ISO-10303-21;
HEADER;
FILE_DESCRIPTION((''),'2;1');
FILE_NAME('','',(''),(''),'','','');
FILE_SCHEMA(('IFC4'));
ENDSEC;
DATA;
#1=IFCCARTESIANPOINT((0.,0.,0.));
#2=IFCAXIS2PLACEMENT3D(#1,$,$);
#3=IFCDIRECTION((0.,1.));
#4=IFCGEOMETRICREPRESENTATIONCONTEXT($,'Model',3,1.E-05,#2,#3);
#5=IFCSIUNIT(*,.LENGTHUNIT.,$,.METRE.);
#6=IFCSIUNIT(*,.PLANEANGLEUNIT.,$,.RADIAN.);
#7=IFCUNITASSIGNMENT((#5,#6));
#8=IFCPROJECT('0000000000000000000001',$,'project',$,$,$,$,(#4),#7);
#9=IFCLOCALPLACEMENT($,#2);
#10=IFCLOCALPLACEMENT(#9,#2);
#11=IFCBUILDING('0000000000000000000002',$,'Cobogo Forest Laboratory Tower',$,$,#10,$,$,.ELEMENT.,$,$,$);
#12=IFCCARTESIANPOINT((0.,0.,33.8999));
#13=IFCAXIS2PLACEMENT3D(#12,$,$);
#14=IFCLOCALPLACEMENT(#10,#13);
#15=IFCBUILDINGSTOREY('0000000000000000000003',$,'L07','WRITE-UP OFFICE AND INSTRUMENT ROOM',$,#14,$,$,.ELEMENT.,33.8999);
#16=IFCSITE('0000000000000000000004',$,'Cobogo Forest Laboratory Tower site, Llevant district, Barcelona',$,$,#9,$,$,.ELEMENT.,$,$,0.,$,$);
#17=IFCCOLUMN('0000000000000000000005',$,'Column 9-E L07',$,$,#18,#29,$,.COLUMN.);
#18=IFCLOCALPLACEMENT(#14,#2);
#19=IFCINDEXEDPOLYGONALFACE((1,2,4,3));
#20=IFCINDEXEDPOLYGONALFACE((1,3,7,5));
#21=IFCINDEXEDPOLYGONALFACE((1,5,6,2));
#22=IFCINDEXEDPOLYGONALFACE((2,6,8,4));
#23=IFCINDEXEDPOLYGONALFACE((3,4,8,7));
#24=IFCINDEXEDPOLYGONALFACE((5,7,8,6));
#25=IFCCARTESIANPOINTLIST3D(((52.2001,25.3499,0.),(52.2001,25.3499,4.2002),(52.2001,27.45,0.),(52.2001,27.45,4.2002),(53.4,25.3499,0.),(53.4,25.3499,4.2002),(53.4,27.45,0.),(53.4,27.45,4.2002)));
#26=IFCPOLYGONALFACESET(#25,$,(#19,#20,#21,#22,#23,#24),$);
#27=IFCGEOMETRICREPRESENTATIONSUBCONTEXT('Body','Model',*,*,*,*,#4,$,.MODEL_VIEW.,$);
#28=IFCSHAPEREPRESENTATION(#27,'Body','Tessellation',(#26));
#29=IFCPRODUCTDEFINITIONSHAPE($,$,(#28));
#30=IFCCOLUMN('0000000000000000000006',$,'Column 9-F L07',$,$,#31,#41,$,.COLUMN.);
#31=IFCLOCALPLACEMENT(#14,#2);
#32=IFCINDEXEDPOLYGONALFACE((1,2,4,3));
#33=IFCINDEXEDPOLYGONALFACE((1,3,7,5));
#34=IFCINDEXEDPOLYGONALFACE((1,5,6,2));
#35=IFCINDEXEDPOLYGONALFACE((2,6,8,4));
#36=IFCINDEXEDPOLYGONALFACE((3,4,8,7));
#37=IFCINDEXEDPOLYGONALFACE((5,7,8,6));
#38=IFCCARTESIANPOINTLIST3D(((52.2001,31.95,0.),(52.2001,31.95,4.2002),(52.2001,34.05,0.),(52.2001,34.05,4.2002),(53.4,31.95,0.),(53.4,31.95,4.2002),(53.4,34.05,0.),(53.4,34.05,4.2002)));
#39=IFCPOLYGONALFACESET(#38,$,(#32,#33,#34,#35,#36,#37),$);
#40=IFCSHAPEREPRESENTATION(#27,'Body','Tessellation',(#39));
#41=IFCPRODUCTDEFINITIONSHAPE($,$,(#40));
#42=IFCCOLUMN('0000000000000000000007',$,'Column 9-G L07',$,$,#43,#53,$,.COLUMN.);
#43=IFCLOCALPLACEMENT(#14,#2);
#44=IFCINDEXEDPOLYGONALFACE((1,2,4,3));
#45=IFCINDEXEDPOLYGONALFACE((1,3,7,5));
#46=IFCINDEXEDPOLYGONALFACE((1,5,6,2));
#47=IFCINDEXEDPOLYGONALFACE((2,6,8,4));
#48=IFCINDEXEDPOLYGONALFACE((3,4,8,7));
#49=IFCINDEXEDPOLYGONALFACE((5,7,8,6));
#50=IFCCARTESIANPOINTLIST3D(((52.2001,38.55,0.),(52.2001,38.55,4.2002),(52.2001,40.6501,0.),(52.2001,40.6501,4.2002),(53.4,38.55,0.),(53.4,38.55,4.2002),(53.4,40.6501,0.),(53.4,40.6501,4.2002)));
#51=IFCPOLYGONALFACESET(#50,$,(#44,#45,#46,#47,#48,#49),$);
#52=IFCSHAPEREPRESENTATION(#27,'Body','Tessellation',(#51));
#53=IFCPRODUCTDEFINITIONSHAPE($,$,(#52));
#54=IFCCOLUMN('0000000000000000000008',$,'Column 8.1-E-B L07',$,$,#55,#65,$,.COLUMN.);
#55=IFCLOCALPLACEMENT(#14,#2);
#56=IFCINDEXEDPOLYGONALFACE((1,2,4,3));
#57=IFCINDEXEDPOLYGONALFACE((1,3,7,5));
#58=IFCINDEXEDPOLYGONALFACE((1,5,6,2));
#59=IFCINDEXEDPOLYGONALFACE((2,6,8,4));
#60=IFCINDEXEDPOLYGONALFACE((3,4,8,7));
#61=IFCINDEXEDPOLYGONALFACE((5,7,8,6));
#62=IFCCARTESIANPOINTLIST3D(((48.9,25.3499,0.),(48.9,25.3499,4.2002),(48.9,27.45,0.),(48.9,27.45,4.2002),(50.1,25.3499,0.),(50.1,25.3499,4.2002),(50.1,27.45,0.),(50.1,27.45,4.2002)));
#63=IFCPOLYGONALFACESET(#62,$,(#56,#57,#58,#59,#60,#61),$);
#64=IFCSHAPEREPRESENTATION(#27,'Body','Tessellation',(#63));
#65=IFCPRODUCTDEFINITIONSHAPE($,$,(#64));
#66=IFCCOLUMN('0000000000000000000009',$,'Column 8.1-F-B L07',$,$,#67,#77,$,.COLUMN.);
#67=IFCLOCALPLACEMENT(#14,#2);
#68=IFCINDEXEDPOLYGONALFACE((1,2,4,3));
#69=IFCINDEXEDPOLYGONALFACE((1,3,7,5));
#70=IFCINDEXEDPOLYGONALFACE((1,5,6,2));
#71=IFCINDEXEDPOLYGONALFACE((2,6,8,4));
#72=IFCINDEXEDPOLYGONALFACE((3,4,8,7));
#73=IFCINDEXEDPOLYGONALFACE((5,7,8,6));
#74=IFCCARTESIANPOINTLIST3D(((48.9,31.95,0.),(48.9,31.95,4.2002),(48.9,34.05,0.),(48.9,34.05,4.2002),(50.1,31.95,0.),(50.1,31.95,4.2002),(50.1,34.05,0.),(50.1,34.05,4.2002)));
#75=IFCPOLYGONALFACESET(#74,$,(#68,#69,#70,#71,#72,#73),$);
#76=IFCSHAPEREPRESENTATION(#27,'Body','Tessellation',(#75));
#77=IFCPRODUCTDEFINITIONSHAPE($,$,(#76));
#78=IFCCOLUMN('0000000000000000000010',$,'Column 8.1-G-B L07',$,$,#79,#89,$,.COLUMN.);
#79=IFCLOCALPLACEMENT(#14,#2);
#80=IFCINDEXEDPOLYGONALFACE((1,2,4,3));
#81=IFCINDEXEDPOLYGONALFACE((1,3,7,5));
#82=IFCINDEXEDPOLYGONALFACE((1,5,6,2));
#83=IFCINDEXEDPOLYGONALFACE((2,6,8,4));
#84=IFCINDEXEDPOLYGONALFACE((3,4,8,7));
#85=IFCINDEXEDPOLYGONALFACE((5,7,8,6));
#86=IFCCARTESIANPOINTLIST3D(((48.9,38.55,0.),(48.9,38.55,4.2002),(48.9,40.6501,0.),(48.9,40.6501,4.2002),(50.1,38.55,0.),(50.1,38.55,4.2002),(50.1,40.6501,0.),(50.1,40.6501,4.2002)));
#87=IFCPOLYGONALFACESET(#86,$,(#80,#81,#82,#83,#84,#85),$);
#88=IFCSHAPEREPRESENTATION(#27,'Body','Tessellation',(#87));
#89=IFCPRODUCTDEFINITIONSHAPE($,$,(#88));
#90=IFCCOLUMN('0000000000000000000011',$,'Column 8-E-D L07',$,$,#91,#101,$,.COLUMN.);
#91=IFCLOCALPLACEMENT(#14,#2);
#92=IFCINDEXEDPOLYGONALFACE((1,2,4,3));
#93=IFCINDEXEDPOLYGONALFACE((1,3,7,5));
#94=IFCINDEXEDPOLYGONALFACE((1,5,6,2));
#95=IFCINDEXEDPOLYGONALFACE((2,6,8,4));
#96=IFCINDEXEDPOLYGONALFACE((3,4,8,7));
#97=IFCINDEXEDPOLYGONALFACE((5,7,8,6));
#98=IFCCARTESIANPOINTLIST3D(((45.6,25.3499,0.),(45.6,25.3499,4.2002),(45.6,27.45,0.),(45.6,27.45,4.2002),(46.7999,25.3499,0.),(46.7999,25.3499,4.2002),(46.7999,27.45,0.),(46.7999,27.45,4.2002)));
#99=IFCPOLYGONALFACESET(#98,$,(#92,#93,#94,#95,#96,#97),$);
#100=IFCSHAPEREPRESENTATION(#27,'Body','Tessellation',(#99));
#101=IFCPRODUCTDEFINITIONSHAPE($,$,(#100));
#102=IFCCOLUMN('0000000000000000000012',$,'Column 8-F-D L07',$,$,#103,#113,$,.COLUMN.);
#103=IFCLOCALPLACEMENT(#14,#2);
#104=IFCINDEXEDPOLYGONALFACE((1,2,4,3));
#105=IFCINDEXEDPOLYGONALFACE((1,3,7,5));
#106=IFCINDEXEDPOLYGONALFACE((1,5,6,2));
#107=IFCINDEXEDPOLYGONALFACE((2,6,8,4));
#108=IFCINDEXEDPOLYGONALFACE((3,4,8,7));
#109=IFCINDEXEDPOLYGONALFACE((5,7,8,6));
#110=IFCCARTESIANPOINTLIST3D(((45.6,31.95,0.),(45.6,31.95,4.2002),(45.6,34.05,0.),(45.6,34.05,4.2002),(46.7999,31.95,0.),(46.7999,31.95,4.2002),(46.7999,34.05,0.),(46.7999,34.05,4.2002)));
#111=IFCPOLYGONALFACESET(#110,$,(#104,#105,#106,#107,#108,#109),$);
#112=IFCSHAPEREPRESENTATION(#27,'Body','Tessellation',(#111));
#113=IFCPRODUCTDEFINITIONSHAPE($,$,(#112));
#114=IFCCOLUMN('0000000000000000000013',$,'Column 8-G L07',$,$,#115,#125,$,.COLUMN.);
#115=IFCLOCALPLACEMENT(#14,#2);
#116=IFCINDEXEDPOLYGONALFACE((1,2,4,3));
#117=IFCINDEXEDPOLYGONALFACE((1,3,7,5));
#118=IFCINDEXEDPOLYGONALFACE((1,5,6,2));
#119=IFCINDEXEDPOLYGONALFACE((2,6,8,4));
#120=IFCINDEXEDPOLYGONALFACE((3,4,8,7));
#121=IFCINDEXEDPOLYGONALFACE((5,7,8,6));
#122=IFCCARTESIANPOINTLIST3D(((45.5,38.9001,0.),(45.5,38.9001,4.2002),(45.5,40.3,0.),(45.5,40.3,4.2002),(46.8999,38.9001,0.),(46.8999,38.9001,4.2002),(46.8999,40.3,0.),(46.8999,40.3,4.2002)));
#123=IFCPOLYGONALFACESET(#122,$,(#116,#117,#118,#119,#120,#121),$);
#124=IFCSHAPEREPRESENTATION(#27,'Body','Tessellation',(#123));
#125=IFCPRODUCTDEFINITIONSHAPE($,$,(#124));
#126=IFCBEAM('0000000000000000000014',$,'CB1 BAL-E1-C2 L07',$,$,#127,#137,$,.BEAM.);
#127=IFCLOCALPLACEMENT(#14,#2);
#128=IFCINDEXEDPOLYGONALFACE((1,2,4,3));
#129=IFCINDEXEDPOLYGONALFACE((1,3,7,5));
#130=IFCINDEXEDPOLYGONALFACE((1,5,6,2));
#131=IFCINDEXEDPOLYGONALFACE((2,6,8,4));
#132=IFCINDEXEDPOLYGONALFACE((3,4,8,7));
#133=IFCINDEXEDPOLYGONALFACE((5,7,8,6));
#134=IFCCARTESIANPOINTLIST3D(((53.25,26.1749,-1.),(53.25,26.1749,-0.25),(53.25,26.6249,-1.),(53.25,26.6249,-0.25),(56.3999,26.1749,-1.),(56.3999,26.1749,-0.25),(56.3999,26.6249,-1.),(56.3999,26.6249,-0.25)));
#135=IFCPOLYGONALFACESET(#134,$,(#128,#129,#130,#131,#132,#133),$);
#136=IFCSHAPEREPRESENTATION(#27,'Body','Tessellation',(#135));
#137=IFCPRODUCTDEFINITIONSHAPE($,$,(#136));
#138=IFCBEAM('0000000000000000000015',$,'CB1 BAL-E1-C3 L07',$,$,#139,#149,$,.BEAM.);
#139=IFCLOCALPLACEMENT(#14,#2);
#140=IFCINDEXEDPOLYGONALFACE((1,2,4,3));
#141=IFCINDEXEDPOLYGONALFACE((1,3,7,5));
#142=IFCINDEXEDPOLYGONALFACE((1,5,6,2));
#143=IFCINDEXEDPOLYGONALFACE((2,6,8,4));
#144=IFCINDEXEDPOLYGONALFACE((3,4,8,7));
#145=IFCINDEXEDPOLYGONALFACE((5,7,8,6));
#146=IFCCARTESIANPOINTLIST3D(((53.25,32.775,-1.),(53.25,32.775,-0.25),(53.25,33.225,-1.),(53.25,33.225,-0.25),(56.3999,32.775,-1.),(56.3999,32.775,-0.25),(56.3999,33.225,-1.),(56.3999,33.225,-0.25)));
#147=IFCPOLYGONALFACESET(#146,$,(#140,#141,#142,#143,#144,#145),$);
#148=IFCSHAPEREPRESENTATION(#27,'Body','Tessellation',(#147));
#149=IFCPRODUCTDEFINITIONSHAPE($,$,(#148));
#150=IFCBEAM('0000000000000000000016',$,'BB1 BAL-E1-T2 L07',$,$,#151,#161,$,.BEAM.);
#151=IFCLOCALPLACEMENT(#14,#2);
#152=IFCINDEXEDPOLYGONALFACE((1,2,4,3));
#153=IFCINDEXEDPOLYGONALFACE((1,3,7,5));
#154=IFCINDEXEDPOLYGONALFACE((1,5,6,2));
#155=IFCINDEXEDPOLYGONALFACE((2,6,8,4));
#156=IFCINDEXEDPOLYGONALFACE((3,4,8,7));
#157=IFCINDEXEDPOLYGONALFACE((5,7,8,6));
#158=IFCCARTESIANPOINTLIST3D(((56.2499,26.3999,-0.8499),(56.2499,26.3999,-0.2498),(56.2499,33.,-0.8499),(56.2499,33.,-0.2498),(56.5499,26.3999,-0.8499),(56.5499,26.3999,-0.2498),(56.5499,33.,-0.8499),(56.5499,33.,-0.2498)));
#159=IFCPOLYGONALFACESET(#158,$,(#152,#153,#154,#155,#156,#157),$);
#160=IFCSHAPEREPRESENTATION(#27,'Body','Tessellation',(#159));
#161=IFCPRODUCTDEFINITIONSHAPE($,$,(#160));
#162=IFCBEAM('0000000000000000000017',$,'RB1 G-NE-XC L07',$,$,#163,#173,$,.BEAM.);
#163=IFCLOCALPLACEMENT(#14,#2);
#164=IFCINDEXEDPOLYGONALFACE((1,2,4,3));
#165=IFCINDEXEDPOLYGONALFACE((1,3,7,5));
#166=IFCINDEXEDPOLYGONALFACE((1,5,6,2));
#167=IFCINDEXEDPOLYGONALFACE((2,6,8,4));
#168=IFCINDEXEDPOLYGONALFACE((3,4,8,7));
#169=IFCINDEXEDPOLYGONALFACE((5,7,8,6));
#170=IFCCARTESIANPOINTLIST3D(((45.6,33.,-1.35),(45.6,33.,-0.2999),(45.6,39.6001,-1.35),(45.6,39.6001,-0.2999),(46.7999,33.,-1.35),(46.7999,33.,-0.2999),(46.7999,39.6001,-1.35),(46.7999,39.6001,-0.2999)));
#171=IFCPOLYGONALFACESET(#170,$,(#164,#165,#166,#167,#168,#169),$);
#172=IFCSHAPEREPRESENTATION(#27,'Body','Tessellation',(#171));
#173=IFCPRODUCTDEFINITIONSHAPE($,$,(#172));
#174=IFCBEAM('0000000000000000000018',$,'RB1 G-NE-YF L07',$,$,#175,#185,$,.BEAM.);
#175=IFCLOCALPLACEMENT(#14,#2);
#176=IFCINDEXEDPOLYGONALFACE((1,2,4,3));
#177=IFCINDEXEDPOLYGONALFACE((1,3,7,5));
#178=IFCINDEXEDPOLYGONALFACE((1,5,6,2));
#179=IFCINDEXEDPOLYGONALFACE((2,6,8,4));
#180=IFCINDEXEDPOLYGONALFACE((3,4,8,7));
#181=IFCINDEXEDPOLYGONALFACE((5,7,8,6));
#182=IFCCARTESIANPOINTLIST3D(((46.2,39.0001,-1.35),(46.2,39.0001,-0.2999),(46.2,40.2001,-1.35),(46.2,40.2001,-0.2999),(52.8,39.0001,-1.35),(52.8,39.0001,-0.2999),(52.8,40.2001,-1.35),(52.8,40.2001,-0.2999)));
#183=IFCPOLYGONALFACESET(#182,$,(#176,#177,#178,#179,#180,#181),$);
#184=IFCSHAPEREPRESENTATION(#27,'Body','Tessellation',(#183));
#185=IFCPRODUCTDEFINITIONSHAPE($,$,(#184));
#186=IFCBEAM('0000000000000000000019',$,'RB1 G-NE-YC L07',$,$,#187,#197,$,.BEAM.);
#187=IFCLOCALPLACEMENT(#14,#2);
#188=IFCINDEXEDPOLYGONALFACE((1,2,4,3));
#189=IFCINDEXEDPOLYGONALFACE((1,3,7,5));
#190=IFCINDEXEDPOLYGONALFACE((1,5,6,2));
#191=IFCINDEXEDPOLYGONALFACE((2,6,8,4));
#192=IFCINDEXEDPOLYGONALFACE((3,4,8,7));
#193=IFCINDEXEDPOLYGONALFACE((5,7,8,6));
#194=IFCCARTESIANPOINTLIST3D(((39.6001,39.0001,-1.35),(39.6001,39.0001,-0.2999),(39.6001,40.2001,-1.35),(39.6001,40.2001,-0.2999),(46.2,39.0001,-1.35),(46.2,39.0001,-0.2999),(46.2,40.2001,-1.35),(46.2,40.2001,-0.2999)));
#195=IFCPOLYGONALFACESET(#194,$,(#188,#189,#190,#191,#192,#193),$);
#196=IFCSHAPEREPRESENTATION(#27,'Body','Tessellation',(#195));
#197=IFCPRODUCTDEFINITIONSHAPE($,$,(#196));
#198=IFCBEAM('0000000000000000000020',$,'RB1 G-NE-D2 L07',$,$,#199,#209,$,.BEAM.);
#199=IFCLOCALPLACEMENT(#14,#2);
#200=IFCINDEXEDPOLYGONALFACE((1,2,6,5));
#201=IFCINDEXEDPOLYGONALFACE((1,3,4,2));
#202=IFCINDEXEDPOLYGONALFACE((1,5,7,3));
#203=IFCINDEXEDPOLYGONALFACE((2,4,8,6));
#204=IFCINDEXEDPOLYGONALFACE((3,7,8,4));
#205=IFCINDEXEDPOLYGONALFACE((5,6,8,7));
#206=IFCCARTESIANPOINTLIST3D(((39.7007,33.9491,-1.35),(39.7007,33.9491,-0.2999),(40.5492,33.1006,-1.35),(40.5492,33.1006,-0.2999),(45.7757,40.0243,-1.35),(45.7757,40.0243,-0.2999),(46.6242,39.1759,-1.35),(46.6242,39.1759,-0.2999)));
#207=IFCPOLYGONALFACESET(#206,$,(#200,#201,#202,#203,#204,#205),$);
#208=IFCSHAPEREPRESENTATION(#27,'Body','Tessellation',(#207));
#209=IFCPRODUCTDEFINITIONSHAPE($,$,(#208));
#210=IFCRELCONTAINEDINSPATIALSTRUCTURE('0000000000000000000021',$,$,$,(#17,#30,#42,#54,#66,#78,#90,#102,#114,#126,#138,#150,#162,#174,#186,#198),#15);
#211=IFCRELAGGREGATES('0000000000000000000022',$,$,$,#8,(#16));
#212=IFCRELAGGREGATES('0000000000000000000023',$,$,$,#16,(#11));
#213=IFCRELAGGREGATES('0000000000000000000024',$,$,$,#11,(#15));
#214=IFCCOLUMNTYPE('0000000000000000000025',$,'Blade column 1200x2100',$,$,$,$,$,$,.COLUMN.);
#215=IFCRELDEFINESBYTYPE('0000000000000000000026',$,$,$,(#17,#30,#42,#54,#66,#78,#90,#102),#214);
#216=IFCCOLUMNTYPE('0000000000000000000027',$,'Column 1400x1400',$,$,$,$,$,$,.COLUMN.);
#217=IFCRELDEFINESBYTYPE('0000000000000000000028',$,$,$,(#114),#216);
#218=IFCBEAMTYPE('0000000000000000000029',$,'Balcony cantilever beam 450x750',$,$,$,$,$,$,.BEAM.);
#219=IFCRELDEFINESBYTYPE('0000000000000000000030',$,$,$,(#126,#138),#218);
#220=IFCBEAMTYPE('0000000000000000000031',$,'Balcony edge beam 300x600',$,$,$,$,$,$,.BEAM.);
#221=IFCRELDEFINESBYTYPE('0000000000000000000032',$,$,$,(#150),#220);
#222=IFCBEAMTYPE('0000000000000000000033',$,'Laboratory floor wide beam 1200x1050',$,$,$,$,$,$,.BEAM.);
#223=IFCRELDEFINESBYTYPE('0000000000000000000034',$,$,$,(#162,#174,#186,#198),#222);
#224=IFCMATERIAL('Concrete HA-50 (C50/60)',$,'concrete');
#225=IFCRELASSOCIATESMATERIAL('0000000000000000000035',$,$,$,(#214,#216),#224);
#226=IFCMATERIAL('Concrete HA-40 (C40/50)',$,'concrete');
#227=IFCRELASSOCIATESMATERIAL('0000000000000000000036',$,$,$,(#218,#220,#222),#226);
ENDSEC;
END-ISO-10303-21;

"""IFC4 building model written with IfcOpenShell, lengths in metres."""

from ifc_helpers import new_model, si_unit, direction, frame, origin, origin_2d, place, context, subcontext, project, spatial, rectangle, extrude, material, material_profile, profile_set, type_object, element, save


model = new_model("IFC4")

# Units and contexts
model_context = context("Model", 3, precision=1e-05, world=origin(), true_north=direction((0.0, 1.0)))
body_context = subcontext(model_context, "Body", "Model", "MODEL_VIEW")
ifc_project = project(units=[si_unit("LENGTHUNIT", "METRE"), si_unit("PLANEANGLEUNIT", "RADIAN")], contexts=[model_context])

# Site, building, storey
site_placement = place(None, origin())
site = spatial("IfcSite", under=ifc_project, at=site_placement, Name="Cobogo Forest Laboratory Tower site, Llevant district, Barcelona", CompositionType="ELEMENT", RefElevation=0.0)
building_placement = place(site_placement, origin())
building = spatial("IfcBuilding", under=site, at=building_placement, Name="Cobogo Forest Laboratory Tower", CompositionType="ELEMENT")
storey_placement = place(building_placement, frame((0.0, 0.0, 33.8999)))
storey = spatial("IfcBuildingStorey", under=building, at=storey_placement, Name="L07", Description="WRITE-UP OFFICE AND INSTRUMENT ROOM", CompositionType="ELEMENT", Elevation=33.8999)

# Columns
ifc_material_1 = material(Name="Concrete HA-50 (C50/60)", Category="concrete")
ifc_material_profile_1 = material_profile(ifc_material_1, rectangle(XDim=2.1001, YDim=1.2, at=origin_2d()), Name="RC 1200x2100")
ifc_profile_set_1 = profile_set([ifc_material_profile_1], Name="Concrete HA-50 (C50/60)")
column_type_1 = type_object("IfcColumnType", Name="Blade column 1200x2100", PredefinedType="COLUMN", material=ifc_profile_set_1)
for number, where, z_axis, x_axis, name in (
    (1, (52.8, 26.3999, 0.0), (0.0, 0.0, 1.0), (0.0, 1.0, 0.0), "Column 9-E L07"),
    (2, (52.8, 33.0, 0.0), (0.0, 0.0, 1.0), (0.0, 1.0, 0.0), "Column 9-F L07"),
    (3, (52.8, 39.6001, 0.0), (0.0, 0.0, 1.0), (0.0, 1.0, 0.0), "Column 9-G L07"),
    (4, (49.5, 26.3999, 0.0), (0.0, 0.0, 1.0), (0.0, 1.0, 0.0), "Column 8.1-E-B L07"),
    (5, (49.5, 33.0, 0.0), (0.0, 0.0, 1.0), (0.0, 1.0, 0.0), "Column 8.1-F-B L07"),
    (6, (49.5, 39.6001, 0.0), (0.0, 0.0, 1.0), (0.0, 1.0, 0.0), "Column 8.1-G-B L07"),
    (7, (46.2, 26.3999, 0.0), (0.0, 0.0, 1.0), (0.0, 1.0, 0.0), "Column 8-E-D L07"),
    (8, (46.2, 33.0, 0.0), (0.0, 0.0, 1.0), (0.0, 1.0, 0.0), "Column 8-F-D L07"),
):
    element("IfcColumn", number, at=place(storey_placement, frame(where, z_axis=z_axis, x_axis=x_axis)), inside=storey, type_object=column_type_1, Name=name, PredefinedType="COLUMN", context=body_context, shape_type="SweptSolid", body=[
        extrude(rectangle(XDim=2.1001, YDim=1.2, at=origin_2d()), origin(), (0.0, 0.0, 1.0), 4.2002),
    ])
ifc_material_profile_2 = material_profile(ifc_material_1, rectangle(XDim=1.3999, YDim=1.3999, at=origin_2d()), Name="RC 1400x1400")
ifc_profile_set_2 = profile_set([ifc_material_profile_2], Name="Concrete HA-50 (C50/60)")
column_type_2 = type_object("IfcColumnType", Name="Column 1400x1400", PredefinedType="COLUMN", material=ifc_profile_set_2)
column_placement = place(storey_placement, frame((46.2, 39.6001, 0.0), z_axis=(0.0, 0.0, 1.0), x_axis=(1.0, 0.0, 0.0)))
element("IfcColumn", 9, at=column_placement, inside=storey, type_object=column_type_2, Name="Column 8-G L07", PredefinedType="COLUMN", context=body_context, shape_type="SweptSolid", body=[
    extrude(rectangle(XDim=1.3999, YDim=1.3999, at=origin_2d()), origin(), (0.0, 0.0, 1.0), 4.2002),
])

# Beams
ifc_material_2 = material(Name="Concrete HA-40 (C40/50)", Category="concrete")
ifc_material_profile_3 = material_profile(ifc_material_2, rectangle(XDim=0.45, YDim=0.75, at=origin_2d()), Name="RC 450x750")
ifc_profile_set_3 = profile_set([ifc_material_profile_3], Name="Concrete HA-40 (C40/50)")
beam_type_1 = type_object("IfcBeamType", Name="Balcony cantilever beam 450x750", PredefinedType="BEAM", material=ifc_profile_set_3)
for number, where, z_axis, x_axis, name in (
    (10, (53.25, 26.3999, -0.625), (1.0, 0.0, 0.0), (0.0, 1.0, 0.0), "CB1 BAL-E1-C2 L07"),
    (11, (53.25, 33.0, -0.625), (1.0, 0.0, 0.0), (0.0, 1.0, 0.0), "CB1 BAL-E1-C3 L07"),
):
    element("IfcBeam", number, at=place(storey_placement, frame(where, z_axis=z_axis, x_axis=x_axis)), inside=storey, type_object=beam_type_1, Name=name, PredefinedType="BEAM", context=body_context, shape_type="SweptSolid", body=[
        extrude(rectangle(XDim=0.45, YDim=0.75, at=origin_2d()), origin(), (0.0, 0.0, 1.0), 3.1499),
    ])
ifc_material_profile_4 = material_profile(ifc_material_2, rectangle(XDim=0.3, YDim=0.6001, at=origin_2d()), Name="RC 300x600")
ifc_profile_set_4 = profile_set([ifc_material_profile_4], Name="Concrete HA-40 (C40/50)")
beam_type_2 = type_object("IfcBeamType", Name="Balcony edge beam 300x600", PredefinedType="BEAM", material=ifc_profile_set_4)
beam_1_placement = place(storey_placement, frame((56.3999, 26.3999, -0.5498), z_axis=(0.0, 1.0, 0.0), x_axis=(-1.0, 0.0, 0.0)))
element("IfcBeam", 12, at=beam_1_placement, inside=storey, type_object=beam_type_2, Name="BB1 BAL-E1-T2 L07", PredefinedType="BEAM", context=body_context, shape_type="SweptSolid", body=[
    extrude(rectangle(XDim=0.3, YDim=0.6001, at=origin_2d()), origin(), (0.0, 0.0, 1.0), 6.6001),
])
ifc_material_profile_5 = material_profile(ifc_material_2, rectangle(XDim=1.2, YDim=1.05, at=origin_2d()), Name="RC 1200x1050")
ifc_profile_set_5 = profile_set([ifc_material_profile_5], Name="Concrete HA-40 (C40/50)")
beam_type_3 = type_object("IfcBeamType", Name="Laboratory floor wide beam 1200x1050", PredefinedType="BEAM", material=ifc_profile_set_5)
for number, where, z_axis, x_axis, name in (
    (13, (46.2, 39.6001, -0.825), (0.0, -1.0, 0.0), (1.0, 0.0, 0.0), "RB1 G-NE-XC L07"),
    (14, (52.8, 39.6001, -0.825), (-1.0, 0.0, 0.0), (0.0, -1.0, 0.0), "RB1 G-NE-YF L07"),
):
    element("IfcBeam", number, at=place(storey_placement, frame(where, z_axis=z_axis, x_axis=x_axis)), inside=storey, type_object=beam_type_3, Name=name, PredefinedType="BEAM", context=body_context, shape_type="SweptSolid", body=[
        extrude(rectangle(XDim=1.2, YDim=1.05, at=origin_2d()), origin(), (0.0, 0.0, 1.0), 6.6001),
    ])
beam_2_placement = place(storey_placement, frame((46.2, 39.6001, -0.825), z_axis=(-1.0, 0.0, 0.0), x_axis=(0.0, -1.0, 0.0)))
element("IfcBeam", 15, at=beam_2_placement, inside=storey, type_object=beam_type_3, Name="RB1 G-NE-YC L07", PredefinedType="BEAM", context=body_context, shape_type="SweptSolid", body=[
    extrude(rectangle(XDim=1.2, YDim=1.05, at=origin_2d()), origin(), (0.0, 0.0, 1.0), 6.5999),
])
beam_3_placement = place(storey_placement, frame((46.2, 39.6001, -0.825), z_axis=(-0.707093, -0.707121, 0.0), x_axis=(0.707121, -0.707093, 0.0)))
element("IfcBeam", 16, at=beam_3_placement, inside=storey, type_object=beam_type_3, Name="RB1 G-NE-D2 L07", PredefinedType="BEAM", context=body_context, shape_type="SweptSolid", body=[
    extrude(rectangle(XDim=1.2, YDim=1.05, at=origin_2d()), origin(), (0.0, 0.0, 1.0), 8.5916),
])

save(model, "model.ifc")
